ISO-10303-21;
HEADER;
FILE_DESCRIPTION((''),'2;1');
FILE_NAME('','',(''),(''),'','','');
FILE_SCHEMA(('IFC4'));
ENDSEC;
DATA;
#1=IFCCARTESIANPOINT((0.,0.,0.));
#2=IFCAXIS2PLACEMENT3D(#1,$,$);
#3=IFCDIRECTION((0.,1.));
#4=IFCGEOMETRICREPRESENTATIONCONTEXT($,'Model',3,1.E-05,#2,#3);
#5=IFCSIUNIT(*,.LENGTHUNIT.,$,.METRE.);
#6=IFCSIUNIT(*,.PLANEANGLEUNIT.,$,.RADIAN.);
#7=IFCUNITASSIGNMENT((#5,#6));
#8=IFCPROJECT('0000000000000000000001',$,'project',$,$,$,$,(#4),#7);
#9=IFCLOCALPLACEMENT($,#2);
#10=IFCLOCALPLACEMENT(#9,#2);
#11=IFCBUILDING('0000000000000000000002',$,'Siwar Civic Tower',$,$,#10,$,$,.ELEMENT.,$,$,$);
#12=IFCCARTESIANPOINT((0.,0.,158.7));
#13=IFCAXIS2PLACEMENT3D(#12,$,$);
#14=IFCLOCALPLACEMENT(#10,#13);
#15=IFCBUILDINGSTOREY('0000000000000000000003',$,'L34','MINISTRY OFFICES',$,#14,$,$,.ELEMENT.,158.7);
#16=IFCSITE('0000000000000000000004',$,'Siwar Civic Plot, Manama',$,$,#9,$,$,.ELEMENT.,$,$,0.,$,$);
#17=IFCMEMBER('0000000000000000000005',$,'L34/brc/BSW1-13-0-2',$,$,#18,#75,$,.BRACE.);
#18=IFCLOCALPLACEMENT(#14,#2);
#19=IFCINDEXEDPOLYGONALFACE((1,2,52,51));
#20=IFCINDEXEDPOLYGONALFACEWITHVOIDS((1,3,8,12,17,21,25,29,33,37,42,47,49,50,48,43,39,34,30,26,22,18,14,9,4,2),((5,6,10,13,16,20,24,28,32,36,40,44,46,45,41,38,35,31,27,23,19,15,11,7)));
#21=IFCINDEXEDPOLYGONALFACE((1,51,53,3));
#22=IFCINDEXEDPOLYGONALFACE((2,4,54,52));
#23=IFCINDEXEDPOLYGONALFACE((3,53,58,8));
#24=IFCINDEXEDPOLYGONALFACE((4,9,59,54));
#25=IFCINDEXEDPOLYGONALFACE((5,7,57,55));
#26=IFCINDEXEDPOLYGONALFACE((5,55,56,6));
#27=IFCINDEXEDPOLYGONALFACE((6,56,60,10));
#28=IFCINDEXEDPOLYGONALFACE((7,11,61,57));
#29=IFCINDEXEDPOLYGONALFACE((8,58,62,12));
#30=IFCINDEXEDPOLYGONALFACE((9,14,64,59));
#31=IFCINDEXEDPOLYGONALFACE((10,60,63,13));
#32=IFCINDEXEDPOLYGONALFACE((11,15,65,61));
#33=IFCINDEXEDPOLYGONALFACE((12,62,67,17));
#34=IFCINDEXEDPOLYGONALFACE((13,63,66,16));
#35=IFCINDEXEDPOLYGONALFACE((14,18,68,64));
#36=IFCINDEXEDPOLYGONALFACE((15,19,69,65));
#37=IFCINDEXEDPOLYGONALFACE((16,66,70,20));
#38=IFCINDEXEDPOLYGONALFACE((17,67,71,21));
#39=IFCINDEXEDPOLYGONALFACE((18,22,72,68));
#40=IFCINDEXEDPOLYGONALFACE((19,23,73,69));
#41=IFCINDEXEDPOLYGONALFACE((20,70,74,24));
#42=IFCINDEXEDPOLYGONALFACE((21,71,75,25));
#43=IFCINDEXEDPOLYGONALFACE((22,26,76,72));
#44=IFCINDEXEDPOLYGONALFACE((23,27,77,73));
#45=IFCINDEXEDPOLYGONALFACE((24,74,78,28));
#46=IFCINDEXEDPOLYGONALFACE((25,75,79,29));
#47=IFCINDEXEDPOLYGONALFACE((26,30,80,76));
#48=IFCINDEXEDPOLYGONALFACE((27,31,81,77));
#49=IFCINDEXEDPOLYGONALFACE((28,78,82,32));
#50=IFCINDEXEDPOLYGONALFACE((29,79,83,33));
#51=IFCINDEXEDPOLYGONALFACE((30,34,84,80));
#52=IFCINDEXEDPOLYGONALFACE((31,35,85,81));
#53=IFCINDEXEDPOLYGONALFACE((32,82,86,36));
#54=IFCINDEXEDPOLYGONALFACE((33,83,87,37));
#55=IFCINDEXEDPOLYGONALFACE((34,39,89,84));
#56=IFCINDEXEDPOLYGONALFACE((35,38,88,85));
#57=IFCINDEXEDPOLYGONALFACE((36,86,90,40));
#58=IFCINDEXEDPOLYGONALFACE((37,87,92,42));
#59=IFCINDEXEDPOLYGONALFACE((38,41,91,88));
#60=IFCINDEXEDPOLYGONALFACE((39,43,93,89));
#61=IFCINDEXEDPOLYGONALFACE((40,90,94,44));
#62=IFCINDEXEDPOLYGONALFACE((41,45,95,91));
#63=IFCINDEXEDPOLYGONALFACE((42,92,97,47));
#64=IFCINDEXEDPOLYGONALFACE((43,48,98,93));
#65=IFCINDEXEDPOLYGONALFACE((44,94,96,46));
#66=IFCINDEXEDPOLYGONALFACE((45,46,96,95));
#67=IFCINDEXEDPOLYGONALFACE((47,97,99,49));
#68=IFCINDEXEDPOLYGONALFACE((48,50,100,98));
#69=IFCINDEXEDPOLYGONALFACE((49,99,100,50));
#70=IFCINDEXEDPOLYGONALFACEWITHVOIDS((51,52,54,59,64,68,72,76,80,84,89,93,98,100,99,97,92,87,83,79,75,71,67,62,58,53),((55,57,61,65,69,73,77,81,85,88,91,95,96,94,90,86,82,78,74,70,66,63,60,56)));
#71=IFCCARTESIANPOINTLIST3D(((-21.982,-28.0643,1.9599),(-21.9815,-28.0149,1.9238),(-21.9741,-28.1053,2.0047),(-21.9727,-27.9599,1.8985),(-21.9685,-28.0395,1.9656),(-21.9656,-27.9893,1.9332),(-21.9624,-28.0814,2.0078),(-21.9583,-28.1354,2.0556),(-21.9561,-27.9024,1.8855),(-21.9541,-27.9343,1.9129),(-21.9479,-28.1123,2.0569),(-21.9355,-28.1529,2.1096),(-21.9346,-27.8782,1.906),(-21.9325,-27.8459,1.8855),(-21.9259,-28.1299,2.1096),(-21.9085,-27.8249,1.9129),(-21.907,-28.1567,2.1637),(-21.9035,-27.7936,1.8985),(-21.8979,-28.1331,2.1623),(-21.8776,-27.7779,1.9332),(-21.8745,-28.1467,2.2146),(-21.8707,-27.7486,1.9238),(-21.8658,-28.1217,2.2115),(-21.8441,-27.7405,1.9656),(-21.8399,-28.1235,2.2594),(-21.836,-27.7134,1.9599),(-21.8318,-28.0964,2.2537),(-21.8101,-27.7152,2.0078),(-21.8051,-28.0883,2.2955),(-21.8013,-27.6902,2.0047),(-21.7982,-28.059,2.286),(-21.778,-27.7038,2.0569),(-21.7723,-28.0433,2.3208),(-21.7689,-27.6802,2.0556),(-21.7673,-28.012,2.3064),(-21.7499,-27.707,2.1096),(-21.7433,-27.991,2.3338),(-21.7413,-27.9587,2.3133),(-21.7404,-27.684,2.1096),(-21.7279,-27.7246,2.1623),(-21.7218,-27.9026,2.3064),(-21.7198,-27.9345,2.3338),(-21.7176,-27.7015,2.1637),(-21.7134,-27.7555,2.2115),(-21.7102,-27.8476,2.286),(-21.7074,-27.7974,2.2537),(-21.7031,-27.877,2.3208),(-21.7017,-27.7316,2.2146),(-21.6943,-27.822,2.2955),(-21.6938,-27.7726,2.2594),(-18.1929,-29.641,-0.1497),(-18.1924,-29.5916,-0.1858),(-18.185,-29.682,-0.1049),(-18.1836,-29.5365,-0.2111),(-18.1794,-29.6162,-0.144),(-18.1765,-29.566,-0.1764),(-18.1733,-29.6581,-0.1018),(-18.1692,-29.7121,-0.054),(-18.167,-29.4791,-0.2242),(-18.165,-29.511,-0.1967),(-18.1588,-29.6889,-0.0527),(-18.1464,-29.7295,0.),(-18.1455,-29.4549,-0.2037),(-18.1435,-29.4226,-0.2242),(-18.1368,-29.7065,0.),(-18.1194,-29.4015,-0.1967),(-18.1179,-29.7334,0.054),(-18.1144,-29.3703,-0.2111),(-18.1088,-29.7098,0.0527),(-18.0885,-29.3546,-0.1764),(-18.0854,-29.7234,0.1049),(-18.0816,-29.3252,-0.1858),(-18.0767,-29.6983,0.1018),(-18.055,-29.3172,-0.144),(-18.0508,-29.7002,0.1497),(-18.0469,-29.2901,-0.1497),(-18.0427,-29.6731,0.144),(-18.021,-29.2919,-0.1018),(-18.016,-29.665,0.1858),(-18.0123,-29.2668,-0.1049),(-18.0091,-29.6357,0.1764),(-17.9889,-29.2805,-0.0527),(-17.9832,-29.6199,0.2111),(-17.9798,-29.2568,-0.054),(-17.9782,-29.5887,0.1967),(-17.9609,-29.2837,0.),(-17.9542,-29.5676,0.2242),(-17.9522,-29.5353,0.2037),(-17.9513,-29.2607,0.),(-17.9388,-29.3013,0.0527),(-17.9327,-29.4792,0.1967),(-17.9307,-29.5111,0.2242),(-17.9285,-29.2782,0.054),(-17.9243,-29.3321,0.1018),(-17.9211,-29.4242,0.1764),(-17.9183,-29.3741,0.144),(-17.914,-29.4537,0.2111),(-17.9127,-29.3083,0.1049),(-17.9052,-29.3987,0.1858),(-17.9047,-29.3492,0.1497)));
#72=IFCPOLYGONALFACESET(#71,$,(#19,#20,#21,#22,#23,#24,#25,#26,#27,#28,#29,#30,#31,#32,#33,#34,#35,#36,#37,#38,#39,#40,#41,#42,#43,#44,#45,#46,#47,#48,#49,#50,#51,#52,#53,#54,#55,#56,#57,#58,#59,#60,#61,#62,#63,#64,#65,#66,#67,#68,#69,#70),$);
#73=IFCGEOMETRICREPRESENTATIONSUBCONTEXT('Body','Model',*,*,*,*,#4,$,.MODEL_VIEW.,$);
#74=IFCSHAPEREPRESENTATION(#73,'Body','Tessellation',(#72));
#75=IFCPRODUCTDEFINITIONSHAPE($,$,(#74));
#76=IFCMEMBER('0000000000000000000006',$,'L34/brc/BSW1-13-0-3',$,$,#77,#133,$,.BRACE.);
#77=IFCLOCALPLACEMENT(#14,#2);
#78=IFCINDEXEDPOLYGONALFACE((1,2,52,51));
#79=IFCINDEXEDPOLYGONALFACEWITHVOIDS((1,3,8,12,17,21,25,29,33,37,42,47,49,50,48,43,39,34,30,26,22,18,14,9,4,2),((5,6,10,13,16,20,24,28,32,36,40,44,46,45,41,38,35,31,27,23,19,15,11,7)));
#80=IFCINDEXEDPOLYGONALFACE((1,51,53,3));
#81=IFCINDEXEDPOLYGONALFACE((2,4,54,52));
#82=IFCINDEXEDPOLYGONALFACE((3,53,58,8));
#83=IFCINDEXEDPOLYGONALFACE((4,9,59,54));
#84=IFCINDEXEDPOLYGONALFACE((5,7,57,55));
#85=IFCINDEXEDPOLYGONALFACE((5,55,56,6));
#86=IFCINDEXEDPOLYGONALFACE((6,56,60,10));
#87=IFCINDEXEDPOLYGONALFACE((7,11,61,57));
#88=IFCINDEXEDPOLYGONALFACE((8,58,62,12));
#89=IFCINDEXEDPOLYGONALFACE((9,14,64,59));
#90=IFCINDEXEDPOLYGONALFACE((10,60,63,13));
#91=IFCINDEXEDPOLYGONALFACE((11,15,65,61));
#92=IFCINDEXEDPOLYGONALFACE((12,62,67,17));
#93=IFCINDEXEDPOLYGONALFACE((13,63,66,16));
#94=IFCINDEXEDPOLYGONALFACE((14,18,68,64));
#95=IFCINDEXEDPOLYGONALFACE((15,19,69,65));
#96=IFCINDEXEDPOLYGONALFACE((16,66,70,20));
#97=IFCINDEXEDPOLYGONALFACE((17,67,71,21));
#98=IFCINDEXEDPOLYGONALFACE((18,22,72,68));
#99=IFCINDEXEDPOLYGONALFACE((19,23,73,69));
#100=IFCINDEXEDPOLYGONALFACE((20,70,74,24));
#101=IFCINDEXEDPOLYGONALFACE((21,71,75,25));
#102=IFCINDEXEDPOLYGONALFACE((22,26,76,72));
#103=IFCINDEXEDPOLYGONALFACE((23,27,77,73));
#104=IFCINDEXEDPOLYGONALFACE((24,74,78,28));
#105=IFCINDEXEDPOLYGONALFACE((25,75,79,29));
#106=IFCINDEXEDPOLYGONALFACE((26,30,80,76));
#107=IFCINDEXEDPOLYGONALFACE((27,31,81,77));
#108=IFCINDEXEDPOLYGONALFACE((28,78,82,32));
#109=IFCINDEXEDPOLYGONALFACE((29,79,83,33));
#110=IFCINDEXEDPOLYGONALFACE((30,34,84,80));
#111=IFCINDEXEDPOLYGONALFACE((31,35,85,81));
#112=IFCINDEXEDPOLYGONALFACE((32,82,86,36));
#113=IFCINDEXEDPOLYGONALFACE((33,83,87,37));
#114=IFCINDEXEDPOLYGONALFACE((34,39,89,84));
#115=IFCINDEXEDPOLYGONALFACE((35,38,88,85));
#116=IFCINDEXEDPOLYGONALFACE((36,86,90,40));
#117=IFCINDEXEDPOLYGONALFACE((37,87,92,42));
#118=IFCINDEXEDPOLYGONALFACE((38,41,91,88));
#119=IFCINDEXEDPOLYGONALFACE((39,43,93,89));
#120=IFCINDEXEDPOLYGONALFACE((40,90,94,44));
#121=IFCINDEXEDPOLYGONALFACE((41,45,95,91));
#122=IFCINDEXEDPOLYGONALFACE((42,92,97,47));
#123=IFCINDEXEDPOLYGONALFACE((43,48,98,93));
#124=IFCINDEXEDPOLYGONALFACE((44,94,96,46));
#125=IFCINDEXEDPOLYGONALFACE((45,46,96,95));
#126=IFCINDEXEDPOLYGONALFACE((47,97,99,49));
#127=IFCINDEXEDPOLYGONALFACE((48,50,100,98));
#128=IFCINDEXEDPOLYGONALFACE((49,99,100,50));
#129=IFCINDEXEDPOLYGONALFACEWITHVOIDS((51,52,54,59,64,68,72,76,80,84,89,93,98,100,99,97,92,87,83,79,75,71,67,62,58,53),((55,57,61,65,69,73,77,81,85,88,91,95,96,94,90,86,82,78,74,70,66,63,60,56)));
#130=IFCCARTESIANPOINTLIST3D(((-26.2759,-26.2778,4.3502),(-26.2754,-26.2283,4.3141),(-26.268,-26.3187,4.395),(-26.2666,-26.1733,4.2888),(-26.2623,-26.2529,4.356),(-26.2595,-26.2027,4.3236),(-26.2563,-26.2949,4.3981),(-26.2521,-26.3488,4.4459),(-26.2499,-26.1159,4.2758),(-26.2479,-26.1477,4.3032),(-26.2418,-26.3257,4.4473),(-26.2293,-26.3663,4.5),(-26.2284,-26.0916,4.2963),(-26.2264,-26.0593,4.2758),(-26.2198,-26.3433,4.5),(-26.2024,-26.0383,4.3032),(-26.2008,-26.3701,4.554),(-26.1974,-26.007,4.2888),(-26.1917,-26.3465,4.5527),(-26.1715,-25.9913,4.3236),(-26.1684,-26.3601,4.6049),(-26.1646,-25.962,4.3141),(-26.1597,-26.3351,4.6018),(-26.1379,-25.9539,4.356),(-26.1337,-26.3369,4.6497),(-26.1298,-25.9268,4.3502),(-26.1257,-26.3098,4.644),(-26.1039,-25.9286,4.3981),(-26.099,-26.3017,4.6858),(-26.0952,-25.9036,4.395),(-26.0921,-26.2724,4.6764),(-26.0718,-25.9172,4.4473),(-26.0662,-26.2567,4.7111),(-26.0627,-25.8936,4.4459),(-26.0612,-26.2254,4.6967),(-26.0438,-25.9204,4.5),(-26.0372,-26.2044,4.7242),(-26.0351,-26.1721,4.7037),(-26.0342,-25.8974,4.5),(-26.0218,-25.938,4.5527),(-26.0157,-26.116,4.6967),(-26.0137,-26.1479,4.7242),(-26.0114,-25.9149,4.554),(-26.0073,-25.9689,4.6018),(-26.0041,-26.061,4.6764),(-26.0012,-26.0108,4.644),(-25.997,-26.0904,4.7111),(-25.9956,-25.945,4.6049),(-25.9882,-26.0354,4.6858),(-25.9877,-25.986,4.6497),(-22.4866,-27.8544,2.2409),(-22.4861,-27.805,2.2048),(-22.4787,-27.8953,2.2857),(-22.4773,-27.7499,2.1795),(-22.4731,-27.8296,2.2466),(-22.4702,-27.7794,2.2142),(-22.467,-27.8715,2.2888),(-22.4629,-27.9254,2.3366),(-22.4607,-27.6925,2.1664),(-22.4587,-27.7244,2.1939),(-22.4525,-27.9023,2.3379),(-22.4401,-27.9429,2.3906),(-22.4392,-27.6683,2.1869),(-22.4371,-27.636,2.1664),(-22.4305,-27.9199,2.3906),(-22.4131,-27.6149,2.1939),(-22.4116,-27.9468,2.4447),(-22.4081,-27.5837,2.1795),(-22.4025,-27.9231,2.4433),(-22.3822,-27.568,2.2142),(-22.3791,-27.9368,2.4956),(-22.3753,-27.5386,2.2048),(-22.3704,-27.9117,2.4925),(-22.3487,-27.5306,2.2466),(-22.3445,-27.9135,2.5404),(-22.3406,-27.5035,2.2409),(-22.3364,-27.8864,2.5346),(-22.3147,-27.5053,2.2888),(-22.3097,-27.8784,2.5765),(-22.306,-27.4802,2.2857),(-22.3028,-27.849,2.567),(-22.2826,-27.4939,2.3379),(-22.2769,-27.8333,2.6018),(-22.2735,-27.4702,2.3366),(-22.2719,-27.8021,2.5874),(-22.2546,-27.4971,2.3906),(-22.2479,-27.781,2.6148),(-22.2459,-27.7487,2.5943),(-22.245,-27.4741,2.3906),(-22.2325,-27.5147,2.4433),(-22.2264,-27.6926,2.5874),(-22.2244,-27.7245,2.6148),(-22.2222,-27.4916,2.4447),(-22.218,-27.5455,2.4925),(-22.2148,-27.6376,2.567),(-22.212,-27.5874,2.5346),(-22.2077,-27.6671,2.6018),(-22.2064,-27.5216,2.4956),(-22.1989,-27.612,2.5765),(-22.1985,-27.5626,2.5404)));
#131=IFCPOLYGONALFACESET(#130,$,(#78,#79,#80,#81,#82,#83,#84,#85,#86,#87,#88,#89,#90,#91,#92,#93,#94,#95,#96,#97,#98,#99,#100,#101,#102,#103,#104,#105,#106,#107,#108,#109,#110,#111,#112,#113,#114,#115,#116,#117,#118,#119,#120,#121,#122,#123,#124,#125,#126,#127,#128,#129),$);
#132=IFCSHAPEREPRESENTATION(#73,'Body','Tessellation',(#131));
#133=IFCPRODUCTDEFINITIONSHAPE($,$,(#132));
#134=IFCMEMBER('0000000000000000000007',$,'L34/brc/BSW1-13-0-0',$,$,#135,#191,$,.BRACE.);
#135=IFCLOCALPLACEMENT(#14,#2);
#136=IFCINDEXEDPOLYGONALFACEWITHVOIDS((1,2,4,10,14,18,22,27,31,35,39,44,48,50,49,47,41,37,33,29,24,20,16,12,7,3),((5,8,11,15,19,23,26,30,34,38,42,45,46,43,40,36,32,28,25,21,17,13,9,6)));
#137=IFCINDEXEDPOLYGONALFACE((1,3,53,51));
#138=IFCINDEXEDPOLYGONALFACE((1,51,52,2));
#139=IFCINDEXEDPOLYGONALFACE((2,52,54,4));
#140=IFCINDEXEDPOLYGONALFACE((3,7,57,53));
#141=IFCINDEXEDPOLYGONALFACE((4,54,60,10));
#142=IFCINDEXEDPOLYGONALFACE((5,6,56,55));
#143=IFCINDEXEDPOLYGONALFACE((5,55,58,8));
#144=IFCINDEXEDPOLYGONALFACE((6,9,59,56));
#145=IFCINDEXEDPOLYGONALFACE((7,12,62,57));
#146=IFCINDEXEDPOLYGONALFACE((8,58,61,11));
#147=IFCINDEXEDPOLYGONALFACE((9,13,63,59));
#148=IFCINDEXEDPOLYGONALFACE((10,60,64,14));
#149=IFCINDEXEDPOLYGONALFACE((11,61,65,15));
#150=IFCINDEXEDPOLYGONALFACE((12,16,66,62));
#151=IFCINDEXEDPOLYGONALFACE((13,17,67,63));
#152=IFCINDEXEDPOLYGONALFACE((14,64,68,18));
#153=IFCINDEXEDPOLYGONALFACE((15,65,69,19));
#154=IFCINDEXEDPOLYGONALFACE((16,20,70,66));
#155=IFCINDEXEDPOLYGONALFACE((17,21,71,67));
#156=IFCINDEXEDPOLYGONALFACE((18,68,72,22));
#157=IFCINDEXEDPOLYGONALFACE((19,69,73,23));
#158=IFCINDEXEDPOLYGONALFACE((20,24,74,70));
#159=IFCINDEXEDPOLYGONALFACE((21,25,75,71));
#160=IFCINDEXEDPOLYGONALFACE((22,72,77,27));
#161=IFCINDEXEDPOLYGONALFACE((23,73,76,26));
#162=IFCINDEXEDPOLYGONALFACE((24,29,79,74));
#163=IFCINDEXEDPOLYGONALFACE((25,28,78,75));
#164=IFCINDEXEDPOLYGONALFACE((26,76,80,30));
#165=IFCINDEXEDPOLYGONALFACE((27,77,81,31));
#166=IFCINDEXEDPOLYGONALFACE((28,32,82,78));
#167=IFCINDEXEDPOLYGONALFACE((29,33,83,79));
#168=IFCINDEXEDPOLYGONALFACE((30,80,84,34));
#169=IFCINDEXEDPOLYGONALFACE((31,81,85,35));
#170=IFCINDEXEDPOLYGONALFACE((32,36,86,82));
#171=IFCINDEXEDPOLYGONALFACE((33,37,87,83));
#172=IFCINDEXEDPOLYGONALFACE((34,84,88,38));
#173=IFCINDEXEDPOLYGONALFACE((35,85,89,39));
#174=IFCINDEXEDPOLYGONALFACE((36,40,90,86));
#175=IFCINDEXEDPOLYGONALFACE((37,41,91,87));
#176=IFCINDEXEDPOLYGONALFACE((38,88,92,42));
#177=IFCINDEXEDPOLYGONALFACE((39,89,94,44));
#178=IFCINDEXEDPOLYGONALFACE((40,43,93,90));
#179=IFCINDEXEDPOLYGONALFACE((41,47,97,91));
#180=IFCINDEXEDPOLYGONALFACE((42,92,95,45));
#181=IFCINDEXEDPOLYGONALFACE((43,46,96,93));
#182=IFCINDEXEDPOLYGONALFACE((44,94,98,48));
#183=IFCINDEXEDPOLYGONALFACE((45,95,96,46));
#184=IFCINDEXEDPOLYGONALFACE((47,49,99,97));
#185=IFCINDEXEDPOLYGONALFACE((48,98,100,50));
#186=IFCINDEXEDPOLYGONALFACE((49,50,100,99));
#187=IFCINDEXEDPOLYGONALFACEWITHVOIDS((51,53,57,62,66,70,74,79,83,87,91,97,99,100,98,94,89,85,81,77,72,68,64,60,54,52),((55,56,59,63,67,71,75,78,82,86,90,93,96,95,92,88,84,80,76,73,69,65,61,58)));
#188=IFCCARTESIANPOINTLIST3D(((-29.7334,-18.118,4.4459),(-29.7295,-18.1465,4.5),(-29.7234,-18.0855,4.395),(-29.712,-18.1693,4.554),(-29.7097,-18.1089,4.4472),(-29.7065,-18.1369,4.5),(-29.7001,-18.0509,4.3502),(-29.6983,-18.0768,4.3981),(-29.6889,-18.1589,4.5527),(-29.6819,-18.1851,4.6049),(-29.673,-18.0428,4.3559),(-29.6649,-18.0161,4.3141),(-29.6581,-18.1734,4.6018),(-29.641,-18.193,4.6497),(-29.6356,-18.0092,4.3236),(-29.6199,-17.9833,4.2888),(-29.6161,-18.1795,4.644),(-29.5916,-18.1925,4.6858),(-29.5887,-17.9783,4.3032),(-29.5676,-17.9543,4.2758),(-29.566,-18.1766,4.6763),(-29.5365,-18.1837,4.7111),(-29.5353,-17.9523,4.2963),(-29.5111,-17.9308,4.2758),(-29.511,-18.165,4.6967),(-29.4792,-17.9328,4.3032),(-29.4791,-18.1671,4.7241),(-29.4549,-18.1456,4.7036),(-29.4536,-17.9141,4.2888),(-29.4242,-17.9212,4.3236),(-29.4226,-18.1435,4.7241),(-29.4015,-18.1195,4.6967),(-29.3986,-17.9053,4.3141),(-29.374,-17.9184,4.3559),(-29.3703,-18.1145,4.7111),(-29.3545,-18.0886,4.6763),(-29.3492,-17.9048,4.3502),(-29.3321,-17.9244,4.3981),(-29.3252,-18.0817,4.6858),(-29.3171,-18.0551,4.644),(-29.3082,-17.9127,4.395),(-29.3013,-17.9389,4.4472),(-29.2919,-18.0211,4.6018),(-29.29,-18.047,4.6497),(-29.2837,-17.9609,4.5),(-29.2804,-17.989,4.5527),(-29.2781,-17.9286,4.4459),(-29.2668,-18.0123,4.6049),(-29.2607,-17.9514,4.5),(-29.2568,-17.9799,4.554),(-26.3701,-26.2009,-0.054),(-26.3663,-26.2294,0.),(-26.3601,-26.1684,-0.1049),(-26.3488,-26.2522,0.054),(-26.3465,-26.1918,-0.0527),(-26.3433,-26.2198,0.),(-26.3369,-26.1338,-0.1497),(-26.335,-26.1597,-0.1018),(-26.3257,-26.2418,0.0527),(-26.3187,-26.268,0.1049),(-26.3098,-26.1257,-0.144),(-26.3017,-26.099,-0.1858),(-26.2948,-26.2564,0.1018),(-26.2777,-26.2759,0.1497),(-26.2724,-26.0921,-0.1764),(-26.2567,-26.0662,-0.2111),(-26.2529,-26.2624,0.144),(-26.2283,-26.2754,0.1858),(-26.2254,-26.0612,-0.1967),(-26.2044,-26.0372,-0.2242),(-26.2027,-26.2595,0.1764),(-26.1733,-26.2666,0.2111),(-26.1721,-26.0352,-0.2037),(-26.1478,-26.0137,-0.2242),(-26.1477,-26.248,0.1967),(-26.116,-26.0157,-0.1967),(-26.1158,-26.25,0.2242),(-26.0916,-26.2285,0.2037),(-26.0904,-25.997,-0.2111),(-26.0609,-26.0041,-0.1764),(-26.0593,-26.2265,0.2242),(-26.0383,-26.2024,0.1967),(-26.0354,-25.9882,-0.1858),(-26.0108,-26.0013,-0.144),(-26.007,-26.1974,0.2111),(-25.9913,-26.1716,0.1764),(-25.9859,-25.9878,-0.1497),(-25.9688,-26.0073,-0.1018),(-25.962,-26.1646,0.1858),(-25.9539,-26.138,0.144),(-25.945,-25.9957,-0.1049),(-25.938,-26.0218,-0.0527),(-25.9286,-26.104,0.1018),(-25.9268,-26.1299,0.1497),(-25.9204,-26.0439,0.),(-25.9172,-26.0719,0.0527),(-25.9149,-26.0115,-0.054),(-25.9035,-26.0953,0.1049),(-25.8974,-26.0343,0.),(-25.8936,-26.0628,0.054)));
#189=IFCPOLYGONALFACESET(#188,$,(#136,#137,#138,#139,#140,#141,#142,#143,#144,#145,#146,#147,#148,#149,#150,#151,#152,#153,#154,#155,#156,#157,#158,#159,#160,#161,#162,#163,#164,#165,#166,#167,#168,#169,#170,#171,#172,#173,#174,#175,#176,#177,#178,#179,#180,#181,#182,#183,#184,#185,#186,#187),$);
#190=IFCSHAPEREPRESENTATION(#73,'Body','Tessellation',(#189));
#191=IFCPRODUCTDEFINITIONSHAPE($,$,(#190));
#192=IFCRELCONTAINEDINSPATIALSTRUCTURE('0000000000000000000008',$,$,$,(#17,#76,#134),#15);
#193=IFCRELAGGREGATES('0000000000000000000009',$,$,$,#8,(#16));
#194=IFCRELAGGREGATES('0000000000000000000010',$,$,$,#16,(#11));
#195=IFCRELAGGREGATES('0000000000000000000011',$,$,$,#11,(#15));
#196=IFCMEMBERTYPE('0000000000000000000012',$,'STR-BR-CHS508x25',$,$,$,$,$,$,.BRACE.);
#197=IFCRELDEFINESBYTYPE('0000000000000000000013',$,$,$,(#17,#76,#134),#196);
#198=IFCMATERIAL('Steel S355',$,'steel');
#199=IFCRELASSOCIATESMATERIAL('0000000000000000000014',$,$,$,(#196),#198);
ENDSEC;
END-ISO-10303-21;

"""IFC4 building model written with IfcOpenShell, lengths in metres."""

from ifc_helpers import new_model, si_unit, direction, frame, origin, origin_2d, place, context, subcontext, project, spatial, hollow_circle, extrude, material, material_profile, profile_set, type_object, element, save


model = new_model("IFC4")

# Units and contexts
model_context = context("Model", 3, precision=1e-05, world=origin(), true_north=direction((0.0, 1.0)))
body_context = subcontext(model_context, "Body", "Model", "MODEL_VIEW")
ifc_project = project(units=[si_unit("LENGTHUNIT", "METRE"), si_unit("PLANEANGLEUNIT", "RADIAN")], contexts=[model_context])

# Site, building, storey
site_placement = place(None, origin())
site = spatial("IfcSite", under=ifc_project, at=site_placement, Name="Siwar Civic Plot, Manama", CompositionType="ELEMENT", RefElevation=0.0)
building_placement = place(site_placement, origin())
building = spatial("IfcBuilding", under=site, at=building_placement, Name="Siwar Civic Tower", CompositionType="ELEMENT")
storey_placement = place(building_placement, frame((0.0, 0.0, 158.7)))
storey = spatial("IfcBuildingStorey", under=building, at=storey_placement, Name="L34", Description="MINISTRY OFFICES", CompositionType="ELEMENT", Elevation=158.7)

# Members
ifc_material_1 = material(Name="Steel S355", Category="steel")
ifc_material_profile_1 = material_profile(ifc_material_1, hollow_circle(Radius=0.2539, WallThickness=0.0249, at=origin_2d()), Name="CHS508x25")
ifc_profile_set_1 = profile_set([ifc_material_profile_1], Name="Steel S355")
member_type_1 = type_object("IfcMemberType", Name="STR-BR-CHS508x25", PredefinedType="BRACE", material=ifc_profile_set_1)
for number, where, z_axis, x_axis, name in (
    (1, (-18.0488, -29.4951, 0.0), (-0.821126, 0.341677, 0.457175), (-0.384176, -0.92326, 0.0), "L34/brc/BSW1-13-0-2"),
    (2, (-22.3425, -27.7085, 2.3906), (-0.821163, 0.341671, 0.457113), (-0.384155, -0.923269, 0.0), "L34/brc/BSW1-13-0-3"),
):
    element("IfcMember", number, at=place(storey_placement, frame(where, z_axis=z_axis, x_axis=x_axis)), inside=storey, type_object=member_type_1, Name=name, PredefinedType="BRACE", context=body_context, shape_type="SweptSolid", body=[
        extrude(hollow_circle(Radius=0.2539, WallThickness=0.0249, at=origin_2d()), origin(), (0.0, 0.0, 1.0), 4.6145),
    ])
member_1_placement = place(storey_placement, frame((-26.1318, -26.1318, 0.0), z_axis=(-0.341671, 0.821143, 0.457149), x_axis=(-0.923265, -0.384164, 0.0)))
element("IfcMember", 3, at=member_1_placement, inside=storey, type_object=member_type_1, Name="L34/brc/BSW1-13-0-0", PredefinedType="BRACE", context=body_context, shape_type="SweptSolid", body=[
    extrude(hollow_circle(Radius=0.2539, WallThickness=0.0249, at=origin_2d()), origin(), (0.0, 0.0, 1.0), 9.8435),
])

save(model, "model.ifc")
